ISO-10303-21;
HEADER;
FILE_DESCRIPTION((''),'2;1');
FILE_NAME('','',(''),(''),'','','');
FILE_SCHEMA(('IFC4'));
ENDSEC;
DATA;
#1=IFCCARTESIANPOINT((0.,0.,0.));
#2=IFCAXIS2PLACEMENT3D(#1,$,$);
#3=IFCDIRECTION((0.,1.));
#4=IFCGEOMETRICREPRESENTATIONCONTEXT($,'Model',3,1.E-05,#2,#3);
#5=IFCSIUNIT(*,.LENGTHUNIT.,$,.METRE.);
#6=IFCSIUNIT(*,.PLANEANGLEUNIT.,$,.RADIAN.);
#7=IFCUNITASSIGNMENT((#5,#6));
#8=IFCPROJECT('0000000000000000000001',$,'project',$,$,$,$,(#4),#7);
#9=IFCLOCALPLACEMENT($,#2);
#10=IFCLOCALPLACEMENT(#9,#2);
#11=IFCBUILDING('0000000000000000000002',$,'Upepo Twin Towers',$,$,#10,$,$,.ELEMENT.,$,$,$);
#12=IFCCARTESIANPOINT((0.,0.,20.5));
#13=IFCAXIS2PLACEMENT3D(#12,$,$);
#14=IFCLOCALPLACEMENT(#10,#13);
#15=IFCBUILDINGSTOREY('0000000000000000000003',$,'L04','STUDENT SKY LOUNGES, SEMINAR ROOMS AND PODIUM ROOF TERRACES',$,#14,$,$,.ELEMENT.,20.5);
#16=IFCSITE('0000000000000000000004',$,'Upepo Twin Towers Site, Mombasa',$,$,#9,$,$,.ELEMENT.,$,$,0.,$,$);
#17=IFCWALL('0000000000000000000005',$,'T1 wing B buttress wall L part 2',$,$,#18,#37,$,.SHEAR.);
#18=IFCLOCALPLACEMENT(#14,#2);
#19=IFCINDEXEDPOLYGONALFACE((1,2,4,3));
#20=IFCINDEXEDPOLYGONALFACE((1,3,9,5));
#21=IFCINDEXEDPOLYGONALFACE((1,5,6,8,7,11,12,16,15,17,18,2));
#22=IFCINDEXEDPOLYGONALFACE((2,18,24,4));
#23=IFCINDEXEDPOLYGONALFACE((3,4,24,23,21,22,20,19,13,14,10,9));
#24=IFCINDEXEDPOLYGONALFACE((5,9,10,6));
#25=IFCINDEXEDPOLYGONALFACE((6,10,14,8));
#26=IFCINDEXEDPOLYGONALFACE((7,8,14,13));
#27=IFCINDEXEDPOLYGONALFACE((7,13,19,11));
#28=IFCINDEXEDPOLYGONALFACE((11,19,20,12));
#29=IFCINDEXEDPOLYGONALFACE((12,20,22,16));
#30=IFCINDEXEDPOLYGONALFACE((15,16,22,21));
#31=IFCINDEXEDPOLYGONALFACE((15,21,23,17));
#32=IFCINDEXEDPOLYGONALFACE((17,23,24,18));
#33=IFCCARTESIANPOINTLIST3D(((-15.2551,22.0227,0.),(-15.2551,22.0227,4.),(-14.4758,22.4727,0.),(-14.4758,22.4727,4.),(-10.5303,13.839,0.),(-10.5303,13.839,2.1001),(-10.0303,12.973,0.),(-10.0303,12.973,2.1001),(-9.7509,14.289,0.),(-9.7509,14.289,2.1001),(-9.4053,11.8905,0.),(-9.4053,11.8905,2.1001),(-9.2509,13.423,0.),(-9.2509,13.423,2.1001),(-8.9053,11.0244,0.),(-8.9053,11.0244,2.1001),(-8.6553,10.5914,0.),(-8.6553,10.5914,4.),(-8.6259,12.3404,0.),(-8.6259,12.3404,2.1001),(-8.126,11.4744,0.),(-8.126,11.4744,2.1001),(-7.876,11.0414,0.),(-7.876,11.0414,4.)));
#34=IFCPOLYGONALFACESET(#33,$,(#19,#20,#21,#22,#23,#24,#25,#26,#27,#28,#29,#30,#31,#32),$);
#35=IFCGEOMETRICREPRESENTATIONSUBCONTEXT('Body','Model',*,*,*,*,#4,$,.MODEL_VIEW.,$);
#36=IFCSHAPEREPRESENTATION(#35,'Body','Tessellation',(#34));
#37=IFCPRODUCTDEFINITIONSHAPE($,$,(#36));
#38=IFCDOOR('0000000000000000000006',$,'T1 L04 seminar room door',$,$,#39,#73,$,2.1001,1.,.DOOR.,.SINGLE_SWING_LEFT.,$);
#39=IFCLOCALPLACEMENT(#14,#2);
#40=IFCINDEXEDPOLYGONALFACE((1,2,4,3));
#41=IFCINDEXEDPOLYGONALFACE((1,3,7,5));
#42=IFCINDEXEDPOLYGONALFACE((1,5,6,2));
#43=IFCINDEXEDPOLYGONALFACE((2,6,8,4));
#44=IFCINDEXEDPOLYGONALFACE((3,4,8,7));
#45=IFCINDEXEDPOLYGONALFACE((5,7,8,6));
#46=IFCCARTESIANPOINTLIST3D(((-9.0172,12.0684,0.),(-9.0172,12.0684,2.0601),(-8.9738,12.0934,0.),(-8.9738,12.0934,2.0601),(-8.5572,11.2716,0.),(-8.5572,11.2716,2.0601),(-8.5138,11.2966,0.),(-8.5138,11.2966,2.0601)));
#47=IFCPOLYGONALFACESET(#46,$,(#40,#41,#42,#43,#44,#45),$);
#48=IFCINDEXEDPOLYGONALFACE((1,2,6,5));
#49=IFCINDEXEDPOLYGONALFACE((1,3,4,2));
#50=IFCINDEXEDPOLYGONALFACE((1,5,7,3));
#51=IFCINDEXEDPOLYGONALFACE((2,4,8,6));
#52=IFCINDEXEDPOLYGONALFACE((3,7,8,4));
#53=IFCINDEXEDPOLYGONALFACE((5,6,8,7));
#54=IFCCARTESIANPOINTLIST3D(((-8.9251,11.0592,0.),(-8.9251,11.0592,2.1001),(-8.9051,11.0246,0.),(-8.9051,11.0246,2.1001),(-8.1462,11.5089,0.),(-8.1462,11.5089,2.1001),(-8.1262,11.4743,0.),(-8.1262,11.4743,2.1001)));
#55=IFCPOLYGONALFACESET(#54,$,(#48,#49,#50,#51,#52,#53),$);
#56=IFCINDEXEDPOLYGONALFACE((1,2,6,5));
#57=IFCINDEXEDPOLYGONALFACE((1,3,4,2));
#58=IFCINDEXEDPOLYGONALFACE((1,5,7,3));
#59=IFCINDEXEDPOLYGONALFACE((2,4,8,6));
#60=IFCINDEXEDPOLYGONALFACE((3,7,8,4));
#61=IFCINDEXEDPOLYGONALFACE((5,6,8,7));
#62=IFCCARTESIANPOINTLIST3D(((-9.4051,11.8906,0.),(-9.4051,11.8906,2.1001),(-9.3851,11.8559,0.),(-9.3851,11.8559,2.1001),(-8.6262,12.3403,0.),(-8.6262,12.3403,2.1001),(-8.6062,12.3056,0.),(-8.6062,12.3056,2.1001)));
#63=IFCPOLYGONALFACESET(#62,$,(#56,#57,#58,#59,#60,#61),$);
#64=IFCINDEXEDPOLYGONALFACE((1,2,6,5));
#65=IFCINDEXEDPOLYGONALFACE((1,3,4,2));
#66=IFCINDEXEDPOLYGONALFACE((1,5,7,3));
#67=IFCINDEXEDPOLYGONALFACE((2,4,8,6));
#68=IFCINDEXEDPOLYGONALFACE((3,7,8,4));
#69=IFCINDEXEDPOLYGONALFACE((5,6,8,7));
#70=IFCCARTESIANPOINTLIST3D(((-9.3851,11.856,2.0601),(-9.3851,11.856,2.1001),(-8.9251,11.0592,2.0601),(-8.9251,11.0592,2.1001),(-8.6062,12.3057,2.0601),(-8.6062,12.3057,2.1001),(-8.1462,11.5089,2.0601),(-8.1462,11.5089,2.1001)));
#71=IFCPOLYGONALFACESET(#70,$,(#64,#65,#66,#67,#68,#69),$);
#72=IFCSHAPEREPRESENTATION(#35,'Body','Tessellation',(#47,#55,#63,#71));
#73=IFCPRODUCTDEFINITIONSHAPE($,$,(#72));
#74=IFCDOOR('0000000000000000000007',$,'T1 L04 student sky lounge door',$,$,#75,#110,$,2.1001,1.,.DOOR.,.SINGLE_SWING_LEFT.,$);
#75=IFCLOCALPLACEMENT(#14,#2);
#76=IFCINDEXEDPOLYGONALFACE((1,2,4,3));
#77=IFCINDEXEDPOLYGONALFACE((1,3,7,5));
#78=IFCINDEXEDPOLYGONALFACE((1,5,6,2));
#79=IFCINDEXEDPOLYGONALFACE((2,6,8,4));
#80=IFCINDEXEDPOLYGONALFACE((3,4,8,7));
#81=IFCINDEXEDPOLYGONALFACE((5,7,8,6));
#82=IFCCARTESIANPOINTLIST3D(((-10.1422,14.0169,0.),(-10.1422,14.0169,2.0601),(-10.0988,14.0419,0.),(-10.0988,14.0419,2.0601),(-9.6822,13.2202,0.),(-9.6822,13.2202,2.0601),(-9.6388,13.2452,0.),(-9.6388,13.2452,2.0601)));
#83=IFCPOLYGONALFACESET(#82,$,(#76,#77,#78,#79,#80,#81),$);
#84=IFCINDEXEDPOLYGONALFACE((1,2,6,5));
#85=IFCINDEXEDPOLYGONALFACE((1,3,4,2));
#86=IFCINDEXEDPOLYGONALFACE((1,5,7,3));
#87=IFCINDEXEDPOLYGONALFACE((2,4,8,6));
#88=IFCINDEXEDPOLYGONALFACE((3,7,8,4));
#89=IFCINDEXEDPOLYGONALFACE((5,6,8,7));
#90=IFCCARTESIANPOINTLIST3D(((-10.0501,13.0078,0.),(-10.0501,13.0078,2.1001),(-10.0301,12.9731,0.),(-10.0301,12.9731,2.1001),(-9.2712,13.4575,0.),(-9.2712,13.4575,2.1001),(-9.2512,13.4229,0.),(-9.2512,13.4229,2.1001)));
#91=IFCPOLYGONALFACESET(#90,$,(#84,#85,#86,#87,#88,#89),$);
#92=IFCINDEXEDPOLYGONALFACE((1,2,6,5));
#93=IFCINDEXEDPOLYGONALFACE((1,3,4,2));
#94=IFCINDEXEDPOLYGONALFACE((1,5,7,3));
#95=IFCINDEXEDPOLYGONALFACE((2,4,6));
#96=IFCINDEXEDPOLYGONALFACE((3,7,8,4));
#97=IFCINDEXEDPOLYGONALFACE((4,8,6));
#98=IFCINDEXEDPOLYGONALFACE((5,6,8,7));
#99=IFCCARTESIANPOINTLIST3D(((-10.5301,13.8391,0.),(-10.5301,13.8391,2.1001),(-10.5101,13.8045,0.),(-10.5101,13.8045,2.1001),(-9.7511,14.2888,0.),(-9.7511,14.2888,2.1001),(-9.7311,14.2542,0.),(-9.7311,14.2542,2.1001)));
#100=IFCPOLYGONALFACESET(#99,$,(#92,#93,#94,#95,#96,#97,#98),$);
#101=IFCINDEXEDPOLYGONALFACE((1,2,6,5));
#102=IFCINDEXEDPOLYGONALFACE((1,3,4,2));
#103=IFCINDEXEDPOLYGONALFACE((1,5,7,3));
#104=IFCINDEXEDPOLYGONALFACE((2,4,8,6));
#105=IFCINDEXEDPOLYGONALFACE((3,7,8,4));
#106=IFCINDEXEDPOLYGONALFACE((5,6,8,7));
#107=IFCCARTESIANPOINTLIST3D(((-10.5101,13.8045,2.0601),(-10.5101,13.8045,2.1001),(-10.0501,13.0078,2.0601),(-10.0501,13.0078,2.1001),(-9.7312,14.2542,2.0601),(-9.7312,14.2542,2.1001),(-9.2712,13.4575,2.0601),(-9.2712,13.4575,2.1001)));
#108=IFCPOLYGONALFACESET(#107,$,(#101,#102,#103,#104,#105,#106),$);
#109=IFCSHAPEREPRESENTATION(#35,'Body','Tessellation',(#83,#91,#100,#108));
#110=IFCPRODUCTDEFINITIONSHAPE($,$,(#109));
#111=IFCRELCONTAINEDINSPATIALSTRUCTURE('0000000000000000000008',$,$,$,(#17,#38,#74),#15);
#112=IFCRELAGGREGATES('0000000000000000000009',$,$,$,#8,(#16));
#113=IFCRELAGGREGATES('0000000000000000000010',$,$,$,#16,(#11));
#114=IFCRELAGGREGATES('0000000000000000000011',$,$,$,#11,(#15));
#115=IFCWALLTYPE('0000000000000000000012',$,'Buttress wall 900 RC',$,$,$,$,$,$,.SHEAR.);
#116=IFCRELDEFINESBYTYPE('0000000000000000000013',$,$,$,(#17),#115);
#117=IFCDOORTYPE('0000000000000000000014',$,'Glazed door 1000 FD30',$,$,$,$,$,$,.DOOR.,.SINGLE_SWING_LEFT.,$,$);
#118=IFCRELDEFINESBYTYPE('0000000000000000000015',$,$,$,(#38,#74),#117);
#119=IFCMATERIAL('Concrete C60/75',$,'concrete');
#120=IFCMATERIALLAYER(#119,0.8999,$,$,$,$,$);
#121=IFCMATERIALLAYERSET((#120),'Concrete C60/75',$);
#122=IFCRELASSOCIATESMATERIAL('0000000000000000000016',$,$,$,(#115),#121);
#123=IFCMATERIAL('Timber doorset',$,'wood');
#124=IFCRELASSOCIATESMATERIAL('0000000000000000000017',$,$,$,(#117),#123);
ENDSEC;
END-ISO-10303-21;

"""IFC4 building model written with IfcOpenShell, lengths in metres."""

from ifc_helpers import new_model, si_unit, direction, frame, frame_2d, origin, place, context, subcontext, project, spatial, rectangle, extrude, material, layer, layer_set, type_object, element, fill, save


model = new_model("IFC4")

# Units and contexts
model_context = context("Model", 3, precision=1e-05, world=origin(), true_north=direction((0.0, 1.0)))
body_context = subcontext(model_context, "Body", "Model", "MODEL_VIEW")
ifc_project = project(units=[si_unit("LENGTHUNIT", "METRE"), si_unit("PLANEANGLEUNIT", "RADIAN")], contexts=[model_context])

# Site, building, storey
site_placement = place(None, origin())
site = spatial("IfcSite", under=ifc_project, at=site_placement, Name="Upepo Twin Towers Site, Mombasa", CompositionType="ELEMENT", RefElevation=0.0)
building_placement = place(site_placement, origin())
building = spatial("IfcBuilding", under=site, at=building_placement, Name="Upepo Twin Towers", CompositionType="ELEMENT")
storey_placement = place(building_placement, frame((0.0, 0.0, 20.5)))
storey = spatial("IfcBuildingStorey", under=building, at=storey_placement, Name="L04", Description="STUDENT SKY LOUNGES, SEMINAR ROOMS AND PODIUM ROOF TERRACES", CompositionType="ELEMENT", Elevation=20.5)

# Wall, openings, doors
ifc_material_1 = material(Name="Concrete C60/75", Category="concrete")
ifc_layer_1 = layer(ifc_material_1, 0.8999)
ifc_layer_set_1 = layer_set([ifc_layer_1], Name="Concrete C60/75")
wall_type_1 = type_object("IfcWallType", Name="Buttress wall 900 RC", PredefinedType="SHEAR", material=ifc_layer_set_1)
wall_1_placement = place(storey_placement, frame((-8.2656, 10.8164, 0.0), z_axis=(0.0, 0.0, 1.0), x_axis=(-0.499996, 0.866028, 0.0)))
wall_1 = element("IfcWall", 1, at=wall_1_placement, inside=storey, type_object=wall_type_1, Name="T1 wing B buttress wall L part 2", PredefinedType="SHEAR", context=body_context, shape_type="SweptSolid", body=[
    extrude(rectangle(XDim=13.1997, YDim=0.8999, at=frame_2d((6.5999, 0.0))), origin(), (0.0, 0.0, 1.0), 4.0),
])
opening_1_placement = place(wall_1_placement, frame((0.5, 0.0, 0.0)))
opening_1 = element("IfcOpeningElement", 2, at=opening_1_placement, cuts=wall_1, PredefinedType="OPENING", context=body_context, shape_type="SweptSolid", body=[
    extrude(rectangle(XDim=1.0, YDim=2.1001, at=frame_2d((0.5, 1.05))), frame((0.0, 0.46, 0.0), z_axis=(0.0, -1.0, 0.0), x_axis=(1.0, 0.0, 0.0)), (0.0, 0.0, 1.0), 0.9199),
])
opening_2_placement = place(wall_1_placement, frame((2.75, 0.0, 0.0)))
opening_2 = element("IfcOpeningElement", 3, at=opening_2_placement, cuts=wall_1, PredefinedType="OPENING", context=body_context, shape_type="SweptSolid", body=[
    extrude(rectangle(XDim=1.0, YDim=2.1001, at=frame_2d((0.5, 1.05))), frame((0.0, 0.46, 0.0), z_axis=(0.0, -1.0, 0.0), x_axis=(1.0, 0.0, 0.0)), (0.0, 0.0, 1.0), 0.9199),
])
ifc_material_2 = material(Name="Timber doorset", Category="wood")
door_type = type_object("IfcDoorType", Name="Glazed door 1000 FD30", OperationType="SINGLE_SWING_LEFT", PredefinedType="DOOR", material=ifc_material_2)
door_1_placement = place(opening_1_placement, origin())
door_1 = element("IfcDoor", 4, at=door_1_placement, inside=storey, type_object=door_type, Name="T1 L04 seminar room door", OperationType="SINGLE_SWING_LEFT", OverallHeight=2.1001, OverallWidth=1.0, PredefinedType="DOOR", context=body_context, shape_type="SweptSolid", body=[
    extrude(rectangle(XDim=0.92, YDim=2.0601, at=frame_2d((0.5, 1.03))), frame((0.0, 0.0249, 0.0), z_axis=(0.0, -1.0, 0.0), x_axis=(1.0, 0.0, 0.0)), (0.0, 0.0, 1.0), 0.05),
    extrude(rectangle(XDim=0.04, YDim=2.1001, at=frame_2d((0.02, 1.05))), frame((0.0, 0.4497, 0.0), z_axis=(0.0, -1.0, 0.0), x_axis=(1.0, 0.0, 0.0)), (0.0, 0.0, 1.0), 0.8994),
    extrude(rectangle(XDim=0.04, YDim=2.1001, at=frame_2d((0.98, 1.05))), frame((0.0, 0.4497, 0.0), z_axis=(0.0, -1.0, 0.0), x_axis=(1.0, 0.0, 0.0)), (0.0, 0.0, 1.0), 0.8994),
    extrude(rectangle(XDim=0.92, YDim=0.04, at=frame_2d((0.5, 2.0801))), frame((0.0, 0.4497, 0.0), z_axis=(0.0, -1.0, 0.0), x_axis=(1.0, 0.0, 0.0)), (0.0, 0.0, 1.0), 0.8994),
])
fill(opening_1, door_1)
door_2_placement = place(opening_2_placement, origin())
door_2 = element("IfcDoor", 5, at=door_2_placement, inside=storey, type_object=door_type, Name="T1 L04 student sky lounge door", OperationType="SINGLE_SWING_LEFT", OverallHeight=2.1001, OverallWidth=1.0, PredefinedType="DOOR", context=body_context, shape_type="SweptSolid", body=[
    extrude(rectangle(XDim=0.92, YDim=2.0601, at=frame_2d((0.5, 1.03))), frame((0.0, 0.0249, 0.0), z_axis=(0.0, -1.0, 0.0), x_axis=(1.0, 0.0, 0.0)), (0.0, 0.0, 1.0), 0.05),
    extrude(rectangle(XDim=0.04, YDim=2.1001, at=frame_2d((0.02, 1.05))), frame((0.0, 0.4497, 0.0), z_axis=(0.0, -1.0, 0.0), x_axis=(1.0, 0.0, 0.0)), (0.0, 0.0, 1.0), 0.8994),
    extrude(rectangle(XDim=0.04, YDim=2.1001, at=frame_2d((0.98, 1.05))), frame((0.0, 0.4497, 0.0), z_axis=(0.0, -1.0, 0.0), x_axis=(1.0, 0.0, 0.0)), (0.0, 0.0, 1.0), 0.8994),
    extrude(rectangle(XDim=0.92, YDim=0.04, at=frame_2d((0.5, 2.0801))), frame((0.0, 0.4497, 0.0), z_axis=(0.0, -1.0, 0.0), x_axis=(1.0, 0.0, 0.0)), (0.0, 0.0, 1.0), 0.8994),
])
fill(opening_2, door_2)

save(model, "model.ifc")
